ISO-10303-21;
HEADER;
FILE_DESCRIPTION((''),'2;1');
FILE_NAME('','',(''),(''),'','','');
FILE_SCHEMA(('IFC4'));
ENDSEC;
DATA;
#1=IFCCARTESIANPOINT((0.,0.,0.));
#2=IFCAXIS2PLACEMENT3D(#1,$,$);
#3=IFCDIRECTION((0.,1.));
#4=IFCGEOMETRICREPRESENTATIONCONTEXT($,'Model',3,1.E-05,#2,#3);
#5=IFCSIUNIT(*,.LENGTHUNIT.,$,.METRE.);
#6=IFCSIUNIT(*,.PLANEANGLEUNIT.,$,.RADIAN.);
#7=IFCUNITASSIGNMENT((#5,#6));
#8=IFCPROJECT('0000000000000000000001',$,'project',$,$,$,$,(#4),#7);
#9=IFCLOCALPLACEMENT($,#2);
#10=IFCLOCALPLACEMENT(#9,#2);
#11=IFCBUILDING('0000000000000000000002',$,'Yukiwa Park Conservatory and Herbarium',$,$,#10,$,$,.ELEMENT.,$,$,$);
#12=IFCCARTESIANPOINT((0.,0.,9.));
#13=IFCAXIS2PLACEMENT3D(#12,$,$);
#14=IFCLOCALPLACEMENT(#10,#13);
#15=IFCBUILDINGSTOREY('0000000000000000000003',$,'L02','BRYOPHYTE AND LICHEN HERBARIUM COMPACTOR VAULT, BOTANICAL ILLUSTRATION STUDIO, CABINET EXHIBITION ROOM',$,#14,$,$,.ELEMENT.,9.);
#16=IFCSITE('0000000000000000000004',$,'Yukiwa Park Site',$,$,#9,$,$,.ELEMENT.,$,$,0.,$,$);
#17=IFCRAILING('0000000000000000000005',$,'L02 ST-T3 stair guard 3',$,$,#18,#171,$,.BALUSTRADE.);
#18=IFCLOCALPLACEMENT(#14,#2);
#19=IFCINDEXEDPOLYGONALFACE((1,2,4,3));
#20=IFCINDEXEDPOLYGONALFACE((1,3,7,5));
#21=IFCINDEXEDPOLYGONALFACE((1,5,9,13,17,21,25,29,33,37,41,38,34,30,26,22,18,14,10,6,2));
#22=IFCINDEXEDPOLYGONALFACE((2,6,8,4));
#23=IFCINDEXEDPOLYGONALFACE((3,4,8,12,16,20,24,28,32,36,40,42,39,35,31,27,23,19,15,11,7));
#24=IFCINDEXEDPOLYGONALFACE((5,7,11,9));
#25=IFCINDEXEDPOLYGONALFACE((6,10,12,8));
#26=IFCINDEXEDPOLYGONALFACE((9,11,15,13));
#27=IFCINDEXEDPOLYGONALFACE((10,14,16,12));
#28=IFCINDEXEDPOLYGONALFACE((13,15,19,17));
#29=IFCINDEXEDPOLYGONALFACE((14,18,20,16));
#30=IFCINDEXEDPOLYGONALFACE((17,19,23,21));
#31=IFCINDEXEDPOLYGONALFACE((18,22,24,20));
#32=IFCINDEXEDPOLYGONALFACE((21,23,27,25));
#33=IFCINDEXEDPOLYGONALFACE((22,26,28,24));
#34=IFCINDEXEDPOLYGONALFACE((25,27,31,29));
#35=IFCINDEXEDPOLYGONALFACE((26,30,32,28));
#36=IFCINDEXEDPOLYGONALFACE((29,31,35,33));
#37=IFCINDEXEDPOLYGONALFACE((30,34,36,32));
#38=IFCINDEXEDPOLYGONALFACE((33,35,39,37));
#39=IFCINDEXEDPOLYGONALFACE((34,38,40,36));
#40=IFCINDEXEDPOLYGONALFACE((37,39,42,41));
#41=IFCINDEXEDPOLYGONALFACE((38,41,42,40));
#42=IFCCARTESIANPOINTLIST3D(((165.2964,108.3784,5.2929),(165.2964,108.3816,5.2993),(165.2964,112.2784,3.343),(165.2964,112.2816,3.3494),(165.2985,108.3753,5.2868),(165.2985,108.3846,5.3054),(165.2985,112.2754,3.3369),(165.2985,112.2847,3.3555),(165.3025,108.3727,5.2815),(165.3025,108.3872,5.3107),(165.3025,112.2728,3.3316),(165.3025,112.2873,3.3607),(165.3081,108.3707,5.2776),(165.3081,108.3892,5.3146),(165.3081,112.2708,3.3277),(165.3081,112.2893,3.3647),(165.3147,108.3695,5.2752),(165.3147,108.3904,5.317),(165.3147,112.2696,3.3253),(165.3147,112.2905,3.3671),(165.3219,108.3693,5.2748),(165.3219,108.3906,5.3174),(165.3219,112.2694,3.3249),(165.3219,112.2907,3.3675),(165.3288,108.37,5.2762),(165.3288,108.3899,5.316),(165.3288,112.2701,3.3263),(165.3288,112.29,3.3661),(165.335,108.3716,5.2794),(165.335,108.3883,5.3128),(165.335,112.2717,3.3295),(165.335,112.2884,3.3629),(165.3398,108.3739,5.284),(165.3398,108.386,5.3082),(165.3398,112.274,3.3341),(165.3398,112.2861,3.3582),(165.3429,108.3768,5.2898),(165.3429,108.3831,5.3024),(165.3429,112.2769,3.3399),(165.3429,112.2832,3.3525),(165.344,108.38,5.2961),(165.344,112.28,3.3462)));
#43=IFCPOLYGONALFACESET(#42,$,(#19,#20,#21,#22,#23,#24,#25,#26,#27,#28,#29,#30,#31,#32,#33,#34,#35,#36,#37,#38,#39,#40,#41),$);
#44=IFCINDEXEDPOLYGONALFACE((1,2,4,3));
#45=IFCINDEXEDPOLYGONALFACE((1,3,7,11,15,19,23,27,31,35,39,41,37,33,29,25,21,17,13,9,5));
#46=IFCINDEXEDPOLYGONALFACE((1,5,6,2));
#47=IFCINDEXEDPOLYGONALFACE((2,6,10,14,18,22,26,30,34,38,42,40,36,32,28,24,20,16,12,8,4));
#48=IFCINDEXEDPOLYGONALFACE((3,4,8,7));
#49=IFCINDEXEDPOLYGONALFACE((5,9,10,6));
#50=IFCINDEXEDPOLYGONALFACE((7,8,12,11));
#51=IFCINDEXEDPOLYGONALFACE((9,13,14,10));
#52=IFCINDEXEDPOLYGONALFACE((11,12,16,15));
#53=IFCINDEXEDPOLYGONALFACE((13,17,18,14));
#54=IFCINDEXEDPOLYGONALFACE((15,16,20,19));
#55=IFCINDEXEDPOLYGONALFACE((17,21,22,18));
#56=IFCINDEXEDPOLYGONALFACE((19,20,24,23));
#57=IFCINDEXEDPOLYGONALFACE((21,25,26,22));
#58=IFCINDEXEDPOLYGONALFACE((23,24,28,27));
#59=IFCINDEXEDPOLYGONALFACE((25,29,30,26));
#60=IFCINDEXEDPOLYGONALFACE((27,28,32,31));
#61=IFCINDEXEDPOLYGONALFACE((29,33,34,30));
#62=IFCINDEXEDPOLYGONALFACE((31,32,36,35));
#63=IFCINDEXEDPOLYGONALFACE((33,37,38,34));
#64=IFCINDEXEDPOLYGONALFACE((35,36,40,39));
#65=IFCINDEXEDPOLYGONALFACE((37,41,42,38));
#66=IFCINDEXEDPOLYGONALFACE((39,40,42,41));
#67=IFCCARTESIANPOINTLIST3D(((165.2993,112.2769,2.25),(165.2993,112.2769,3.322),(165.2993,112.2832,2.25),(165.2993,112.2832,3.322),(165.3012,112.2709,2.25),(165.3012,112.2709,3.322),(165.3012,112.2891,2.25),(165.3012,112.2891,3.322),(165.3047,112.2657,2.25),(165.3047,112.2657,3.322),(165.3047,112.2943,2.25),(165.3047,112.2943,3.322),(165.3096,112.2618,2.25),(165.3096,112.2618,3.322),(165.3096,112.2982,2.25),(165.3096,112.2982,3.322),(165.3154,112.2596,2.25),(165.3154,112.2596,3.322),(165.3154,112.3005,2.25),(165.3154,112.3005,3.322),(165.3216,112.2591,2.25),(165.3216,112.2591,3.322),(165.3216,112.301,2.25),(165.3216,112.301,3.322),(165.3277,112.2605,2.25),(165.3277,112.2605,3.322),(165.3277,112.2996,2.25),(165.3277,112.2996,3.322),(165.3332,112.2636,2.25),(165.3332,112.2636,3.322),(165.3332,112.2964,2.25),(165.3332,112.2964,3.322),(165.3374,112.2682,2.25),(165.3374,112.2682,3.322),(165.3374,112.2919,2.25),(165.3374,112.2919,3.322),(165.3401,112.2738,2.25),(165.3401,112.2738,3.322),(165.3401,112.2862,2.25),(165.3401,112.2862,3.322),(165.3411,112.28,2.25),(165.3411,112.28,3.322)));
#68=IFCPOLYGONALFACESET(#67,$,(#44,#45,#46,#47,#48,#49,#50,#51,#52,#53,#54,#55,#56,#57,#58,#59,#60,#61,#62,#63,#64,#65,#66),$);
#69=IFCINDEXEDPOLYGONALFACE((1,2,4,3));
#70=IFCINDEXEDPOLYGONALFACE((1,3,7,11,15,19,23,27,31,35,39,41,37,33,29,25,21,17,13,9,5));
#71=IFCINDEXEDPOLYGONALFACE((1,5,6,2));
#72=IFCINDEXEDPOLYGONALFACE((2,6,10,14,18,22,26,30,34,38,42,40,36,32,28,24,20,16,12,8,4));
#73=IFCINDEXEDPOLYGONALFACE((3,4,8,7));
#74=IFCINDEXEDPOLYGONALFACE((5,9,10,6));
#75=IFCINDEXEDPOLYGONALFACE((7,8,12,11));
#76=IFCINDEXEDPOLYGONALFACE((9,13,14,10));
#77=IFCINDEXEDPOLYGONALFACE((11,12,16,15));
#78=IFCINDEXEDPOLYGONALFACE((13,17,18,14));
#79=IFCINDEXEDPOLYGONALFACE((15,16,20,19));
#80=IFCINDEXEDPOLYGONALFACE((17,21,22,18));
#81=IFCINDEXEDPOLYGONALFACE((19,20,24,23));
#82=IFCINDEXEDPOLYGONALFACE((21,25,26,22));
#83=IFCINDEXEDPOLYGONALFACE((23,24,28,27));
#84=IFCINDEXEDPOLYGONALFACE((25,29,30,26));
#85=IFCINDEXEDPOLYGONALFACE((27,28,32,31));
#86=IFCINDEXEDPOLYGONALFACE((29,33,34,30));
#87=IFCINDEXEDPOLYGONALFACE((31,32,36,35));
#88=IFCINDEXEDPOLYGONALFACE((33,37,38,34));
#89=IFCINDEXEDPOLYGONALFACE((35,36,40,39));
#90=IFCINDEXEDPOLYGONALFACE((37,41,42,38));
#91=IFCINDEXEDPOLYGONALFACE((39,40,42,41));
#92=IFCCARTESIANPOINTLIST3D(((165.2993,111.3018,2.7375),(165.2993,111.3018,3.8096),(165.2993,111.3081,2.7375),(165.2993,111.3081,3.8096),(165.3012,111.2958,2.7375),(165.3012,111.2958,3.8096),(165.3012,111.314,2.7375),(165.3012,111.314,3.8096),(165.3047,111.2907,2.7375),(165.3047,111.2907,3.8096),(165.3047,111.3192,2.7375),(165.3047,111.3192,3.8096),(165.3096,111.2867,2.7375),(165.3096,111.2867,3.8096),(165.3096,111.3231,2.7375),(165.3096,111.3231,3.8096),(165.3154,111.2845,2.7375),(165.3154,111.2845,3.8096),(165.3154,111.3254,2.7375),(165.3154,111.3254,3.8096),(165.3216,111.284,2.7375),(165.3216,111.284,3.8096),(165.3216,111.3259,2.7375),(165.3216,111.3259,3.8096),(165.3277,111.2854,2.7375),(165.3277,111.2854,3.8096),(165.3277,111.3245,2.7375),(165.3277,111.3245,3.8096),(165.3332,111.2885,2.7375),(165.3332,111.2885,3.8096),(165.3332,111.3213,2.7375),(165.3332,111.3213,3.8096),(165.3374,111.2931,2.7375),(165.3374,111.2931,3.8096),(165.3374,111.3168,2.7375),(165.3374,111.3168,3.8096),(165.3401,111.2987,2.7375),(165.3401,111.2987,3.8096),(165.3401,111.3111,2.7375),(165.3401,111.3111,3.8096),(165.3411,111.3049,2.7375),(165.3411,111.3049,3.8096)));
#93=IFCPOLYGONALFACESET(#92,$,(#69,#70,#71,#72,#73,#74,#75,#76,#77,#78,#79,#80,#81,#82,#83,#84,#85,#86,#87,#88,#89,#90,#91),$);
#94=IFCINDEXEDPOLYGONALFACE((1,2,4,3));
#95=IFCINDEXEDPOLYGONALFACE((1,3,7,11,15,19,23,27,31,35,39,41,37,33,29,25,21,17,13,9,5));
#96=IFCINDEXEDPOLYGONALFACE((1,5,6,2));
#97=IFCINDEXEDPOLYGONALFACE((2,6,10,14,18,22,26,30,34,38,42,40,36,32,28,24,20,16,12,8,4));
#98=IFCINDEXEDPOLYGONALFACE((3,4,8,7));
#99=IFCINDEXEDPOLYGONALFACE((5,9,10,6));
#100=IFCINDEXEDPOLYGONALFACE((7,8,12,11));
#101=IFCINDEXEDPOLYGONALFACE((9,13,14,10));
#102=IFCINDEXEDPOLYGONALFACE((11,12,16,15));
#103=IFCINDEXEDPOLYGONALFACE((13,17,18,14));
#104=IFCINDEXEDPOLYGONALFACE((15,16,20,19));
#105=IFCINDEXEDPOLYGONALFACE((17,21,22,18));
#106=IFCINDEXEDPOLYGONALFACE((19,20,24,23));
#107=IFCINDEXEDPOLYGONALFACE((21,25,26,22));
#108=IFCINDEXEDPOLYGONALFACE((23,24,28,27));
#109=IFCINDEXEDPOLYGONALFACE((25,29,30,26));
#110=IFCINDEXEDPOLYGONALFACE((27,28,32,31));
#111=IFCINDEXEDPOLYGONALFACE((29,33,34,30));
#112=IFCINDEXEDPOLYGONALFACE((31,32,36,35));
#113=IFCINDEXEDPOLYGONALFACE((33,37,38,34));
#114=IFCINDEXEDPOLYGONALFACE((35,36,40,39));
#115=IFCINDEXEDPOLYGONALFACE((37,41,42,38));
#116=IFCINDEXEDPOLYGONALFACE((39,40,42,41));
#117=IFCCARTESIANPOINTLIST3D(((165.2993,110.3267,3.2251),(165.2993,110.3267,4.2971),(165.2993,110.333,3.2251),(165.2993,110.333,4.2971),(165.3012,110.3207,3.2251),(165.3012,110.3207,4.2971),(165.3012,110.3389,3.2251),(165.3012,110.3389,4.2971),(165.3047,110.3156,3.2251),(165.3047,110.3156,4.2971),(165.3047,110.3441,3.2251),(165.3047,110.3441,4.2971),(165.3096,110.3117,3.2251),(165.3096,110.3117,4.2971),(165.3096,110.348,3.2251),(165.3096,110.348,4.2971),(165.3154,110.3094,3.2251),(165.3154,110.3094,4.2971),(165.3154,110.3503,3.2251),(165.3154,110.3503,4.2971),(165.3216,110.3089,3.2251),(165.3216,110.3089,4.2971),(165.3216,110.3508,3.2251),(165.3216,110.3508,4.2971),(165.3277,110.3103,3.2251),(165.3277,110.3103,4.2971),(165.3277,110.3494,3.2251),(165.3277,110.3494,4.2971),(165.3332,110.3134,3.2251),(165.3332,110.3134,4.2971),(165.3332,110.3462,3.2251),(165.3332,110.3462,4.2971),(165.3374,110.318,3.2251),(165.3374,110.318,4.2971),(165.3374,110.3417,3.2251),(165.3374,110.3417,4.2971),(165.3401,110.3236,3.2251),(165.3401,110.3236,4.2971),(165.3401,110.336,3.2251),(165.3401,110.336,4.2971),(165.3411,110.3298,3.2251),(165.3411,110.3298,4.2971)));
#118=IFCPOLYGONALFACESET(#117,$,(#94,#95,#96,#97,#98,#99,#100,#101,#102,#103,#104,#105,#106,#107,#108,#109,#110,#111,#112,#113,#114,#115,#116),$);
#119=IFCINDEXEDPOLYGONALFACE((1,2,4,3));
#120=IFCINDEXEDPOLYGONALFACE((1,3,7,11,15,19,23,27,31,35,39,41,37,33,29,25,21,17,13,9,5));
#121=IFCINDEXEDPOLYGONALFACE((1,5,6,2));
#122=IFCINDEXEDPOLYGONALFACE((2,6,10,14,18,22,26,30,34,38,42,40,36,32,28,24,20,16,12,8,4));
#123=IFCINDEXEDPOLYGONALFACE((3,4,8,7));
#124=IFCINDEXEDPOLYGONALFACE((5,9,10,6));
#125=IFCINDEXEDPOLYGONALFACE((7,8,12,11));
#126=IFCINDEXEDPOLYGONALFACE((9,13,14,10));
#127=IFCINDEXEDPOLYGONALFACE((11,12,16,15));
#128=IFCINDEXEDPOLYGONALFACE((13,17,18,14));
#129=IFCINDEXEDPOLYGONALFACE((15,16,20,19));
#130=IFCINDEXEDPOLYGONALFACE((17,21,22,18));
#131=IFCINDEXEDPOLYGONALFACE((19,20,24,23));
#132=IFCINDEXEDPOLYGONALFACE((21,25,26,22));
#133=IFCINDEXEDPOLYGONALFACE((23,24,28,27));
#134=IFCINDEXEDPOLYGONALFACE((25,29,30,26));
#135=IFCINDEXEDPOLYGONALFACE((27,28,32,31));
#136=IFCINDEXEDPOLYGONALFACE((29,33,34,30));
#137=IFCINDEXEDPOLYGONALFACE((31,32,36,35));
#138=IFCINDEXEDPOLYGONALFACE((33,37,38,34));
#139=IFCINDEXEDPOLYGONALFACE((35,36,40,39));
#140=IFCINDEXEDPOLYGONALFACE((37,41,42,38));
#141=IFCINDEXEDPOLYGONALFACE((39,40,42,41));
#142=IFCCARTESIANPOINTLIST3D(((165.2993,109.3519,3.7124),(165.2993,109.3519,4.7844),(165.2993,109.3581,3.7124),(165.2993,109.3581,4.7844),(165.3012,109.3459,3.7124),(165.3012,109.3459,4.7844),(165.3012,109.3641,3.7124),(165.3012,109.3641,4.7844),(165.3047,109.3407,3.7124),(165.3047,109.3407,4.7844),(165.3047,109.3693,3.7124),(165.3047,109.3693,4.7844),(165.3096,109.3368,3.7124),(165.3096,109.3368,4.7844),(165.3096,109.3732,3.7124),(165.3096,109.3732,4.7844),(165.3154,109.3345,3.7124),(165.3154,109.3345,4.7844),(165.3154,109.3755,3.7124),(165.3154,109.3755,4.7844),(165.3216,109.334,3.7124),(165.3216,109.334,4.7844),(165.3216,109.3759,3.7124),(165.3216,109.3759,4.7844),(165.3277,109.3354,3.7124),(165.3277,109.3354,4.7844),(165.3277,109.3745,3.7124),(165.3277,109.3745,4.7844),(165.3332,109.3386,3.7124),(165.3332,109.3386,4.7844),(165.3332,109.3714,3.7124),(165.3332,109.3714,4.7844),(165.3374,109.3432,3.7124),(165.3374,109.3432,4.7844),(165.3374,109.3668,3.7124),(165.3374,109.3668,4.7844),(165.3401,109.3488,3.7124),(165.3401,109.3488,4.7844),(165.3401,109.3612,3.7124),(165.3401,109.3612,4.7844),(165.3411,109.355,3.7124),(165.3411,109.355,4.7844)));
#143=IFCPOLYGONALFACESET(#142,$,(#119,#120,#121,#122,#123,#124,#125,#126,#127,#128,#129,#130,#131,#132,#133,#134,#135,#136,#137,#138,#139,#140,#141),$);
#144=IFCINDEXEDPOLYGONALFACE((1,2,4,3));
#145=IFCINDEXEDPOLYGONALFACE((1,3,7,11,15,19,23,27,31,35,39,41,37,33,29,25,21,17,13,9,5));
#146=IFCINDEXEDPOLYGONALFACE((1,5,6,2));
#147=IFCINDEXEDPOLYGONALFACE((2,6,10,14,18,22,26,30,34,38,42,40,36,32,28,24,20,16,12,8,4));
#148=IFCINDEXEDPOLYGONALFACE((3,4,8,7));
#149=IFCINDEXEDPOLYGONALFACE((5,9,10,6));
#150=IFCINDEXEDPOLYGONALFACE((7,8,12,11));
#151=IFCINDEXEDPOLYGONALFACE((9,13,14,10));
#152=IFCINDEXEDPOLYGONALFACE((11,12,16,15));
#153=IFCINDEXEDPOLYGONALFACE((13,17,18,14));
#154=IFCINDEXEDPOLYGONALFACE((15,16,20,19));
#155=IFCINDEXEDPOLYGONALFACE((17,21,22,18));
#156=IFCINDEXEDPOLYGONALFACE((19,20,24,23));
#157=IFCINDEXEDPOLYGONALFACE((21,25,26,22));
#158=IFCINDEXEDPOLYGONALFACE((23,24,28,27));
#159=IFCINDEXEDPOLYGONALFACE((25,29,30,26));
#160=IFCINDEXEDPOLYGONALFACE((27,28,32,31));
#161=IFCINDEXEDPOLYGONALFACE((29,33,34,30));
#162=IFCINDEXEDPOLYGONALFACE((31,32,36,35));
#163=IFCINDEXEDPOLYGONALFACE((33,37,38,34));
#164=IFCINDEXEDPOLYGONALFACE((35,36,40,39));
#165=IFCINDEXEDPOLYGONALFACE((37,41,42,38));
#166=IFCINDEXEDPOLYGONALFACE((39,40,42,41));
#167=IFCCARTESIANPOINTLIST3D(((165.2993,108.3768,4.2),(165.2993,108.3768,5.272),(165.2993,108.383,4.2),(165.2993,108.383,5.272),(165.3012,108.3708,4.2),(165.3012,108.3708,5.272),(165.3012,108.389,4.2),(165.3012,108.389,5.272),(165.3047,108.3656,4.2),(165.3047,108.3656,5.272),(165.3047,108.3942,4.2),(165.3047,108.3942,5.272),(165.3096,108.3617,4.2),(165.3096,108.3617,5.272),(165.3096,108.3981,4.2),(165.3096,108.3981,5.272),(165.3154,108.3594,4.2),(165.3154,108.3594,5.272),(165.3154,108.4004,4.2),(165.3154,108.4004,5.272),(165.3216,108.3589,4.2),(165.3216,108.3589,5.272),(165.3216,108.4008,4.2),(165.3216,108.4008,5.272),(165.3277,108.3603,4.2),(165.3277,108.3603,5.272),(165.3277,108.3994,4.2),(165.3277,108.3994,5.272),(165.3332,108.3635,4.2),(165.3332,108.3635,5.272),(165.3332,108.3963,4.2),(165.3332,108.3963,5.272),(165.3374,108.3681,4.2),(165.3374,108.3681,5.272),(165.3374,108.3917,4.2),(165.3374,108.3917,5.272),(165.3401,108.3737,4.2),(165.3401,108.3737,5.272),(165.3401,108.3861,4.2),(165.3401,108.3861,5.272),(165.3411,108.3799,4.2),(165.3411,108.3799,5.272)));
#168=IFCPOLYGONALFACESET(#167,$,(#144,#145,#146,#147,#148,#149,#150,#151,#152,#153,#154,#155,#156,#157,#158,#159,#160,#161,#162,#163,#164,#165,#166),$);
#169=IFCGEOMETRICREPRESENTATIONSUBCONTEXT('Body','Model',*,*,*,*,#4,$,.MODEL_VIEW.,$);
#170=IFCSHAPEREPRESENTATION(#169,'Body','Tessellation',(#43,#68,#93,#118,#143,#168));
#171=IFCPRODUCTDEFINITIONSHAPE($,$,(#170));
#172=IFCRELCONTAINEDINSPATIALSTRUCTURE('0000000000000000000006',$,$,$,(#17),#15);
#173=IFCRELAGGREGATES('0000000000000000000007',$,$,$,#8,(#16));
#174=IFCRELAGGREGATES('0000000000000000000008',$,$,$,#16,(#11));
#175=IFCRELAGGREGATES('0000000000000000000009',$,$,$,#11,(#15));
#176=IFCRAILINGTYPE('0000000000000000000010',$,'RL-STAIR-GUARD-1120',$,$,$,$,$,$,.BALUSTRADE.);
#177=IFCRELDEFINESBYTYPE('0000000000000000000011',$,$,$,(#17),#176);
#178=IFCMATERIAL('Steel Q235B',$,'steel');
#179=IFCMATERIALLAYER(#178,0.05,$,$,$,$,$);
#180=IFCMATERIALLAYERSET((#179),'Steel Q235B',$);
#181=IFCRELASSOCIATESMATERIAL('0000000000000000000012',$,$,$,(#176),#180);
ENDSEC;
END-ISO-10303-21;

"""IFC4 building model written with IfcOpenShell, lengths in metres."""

from ifc_helpers import new_model, si_unit, direction, frame, origin, origin_2d, place, context, subcontext, project, spatial, circle, extrude, material, layer, layer_set, type_object, element, save


model = new_model("IFC4")

# Units and contexts
model_context = context("Model", 3, precision=1e-05, world=origin(), true_north=direction((0.0, 1.0)))
body_context = subcontext(model_context, "Body", "Model", "MODEL_VIEW")
ifc_project = project(units=[si_unit("LENGTHUNIT", "METRE"), si_unit("PLANEANGLEUNIT", "RADIAN")], contexts=[model_context])

# Site, building, storey
site_placement = place(None, origin())
site = spatial("IfcSite", under=ifc_project, at=site_placement, Name="Yukiwa Park Site", CompositionType="ELEMENT", RefElevation=0.0)
building_placement = place(site_placement, origin())
building = spatial("IfcBuilding", under=site, at=building_placement, Name="Yukiwa Park Conservatory and Herbarium", CompositionType="ELEMENT")
storey_placement = place(building_placement, frame((0.0, 0.0, 9.0)))
storey = spatial("IfcBuildingStorey", under=building, at=storey_placement, Name="L02", Description="BRYOPHYTE AND LICHEN HERBARIUM COMPACTOR VAULT, BOTANICAL ILLUSTRATION STUDIO, CABINET EXHIBITION ROOM", CompositionType="ELEMENT", Elevation=9.0)

# Railing
ifc_material_1 = material(Name="Steel Q235B", Category="steel")
ifc_layer_1 = layer(ifc_material_1, 0.05)
ifc_layer_set_1 = layer_set([ifc_layer_1], Name="Steel Q235B")
railing_type_1 = type_object("IfcRailingType", Name="RL-STAIR-GUARD-1120", PredefinedType="BALUSTRADE", material=ifc_layer_set_1)
railing_1_placement = place(storey_placement, frame((165.3201, 112.28, 2.25)))
element("IfcRailing", 1, at=railing_1_placement, inside=storey, type_object=railing_type_1, Name="L02 ST-T3 stair guard 3", PredefinedType="BALUSTRADE", context=body_context, shape_type="SweptSolid", body=[
    extrude(circle(Radius=0.0239, at=origin_2d()), frame((0.0, 0.0, 1.0962), z_axis=(0.0, -0.894438, 0.447191), x_axis=(1.0, 0.0, 0.0)), (0.0, 0.0, 1.0), 4.3604),
    extrude(circle(Radius=0.021, at=origin_2d()), origin(), (0.0, 0.0, 1.0), 1.072),
    extrude(circle(Radius=0.021, at=origin_2d()), frame((0.0, -0.9751, 0.4875)), (0.0, 0.0, 1.0), 1.072),
    extrude(circle(Radius=0.021, at=origin_2d()), frame((0.0, -1.9502, 0.9751)), (0.0, 0.0, 1.0), 1.072),
    extrude(circle(Radius=0.021, at=origin_2d()), frame((0.0, -2.925, 1.4624)), (0.0, 0.0, 1.0), 1.072),
    extrude(circle(Radius=0.021, at=origin_2d()), frame((0.0, -3.9001, 1.95)), (0.0, 0.0, 1.0), 1.072),
])

save(model, "model.ifc")
